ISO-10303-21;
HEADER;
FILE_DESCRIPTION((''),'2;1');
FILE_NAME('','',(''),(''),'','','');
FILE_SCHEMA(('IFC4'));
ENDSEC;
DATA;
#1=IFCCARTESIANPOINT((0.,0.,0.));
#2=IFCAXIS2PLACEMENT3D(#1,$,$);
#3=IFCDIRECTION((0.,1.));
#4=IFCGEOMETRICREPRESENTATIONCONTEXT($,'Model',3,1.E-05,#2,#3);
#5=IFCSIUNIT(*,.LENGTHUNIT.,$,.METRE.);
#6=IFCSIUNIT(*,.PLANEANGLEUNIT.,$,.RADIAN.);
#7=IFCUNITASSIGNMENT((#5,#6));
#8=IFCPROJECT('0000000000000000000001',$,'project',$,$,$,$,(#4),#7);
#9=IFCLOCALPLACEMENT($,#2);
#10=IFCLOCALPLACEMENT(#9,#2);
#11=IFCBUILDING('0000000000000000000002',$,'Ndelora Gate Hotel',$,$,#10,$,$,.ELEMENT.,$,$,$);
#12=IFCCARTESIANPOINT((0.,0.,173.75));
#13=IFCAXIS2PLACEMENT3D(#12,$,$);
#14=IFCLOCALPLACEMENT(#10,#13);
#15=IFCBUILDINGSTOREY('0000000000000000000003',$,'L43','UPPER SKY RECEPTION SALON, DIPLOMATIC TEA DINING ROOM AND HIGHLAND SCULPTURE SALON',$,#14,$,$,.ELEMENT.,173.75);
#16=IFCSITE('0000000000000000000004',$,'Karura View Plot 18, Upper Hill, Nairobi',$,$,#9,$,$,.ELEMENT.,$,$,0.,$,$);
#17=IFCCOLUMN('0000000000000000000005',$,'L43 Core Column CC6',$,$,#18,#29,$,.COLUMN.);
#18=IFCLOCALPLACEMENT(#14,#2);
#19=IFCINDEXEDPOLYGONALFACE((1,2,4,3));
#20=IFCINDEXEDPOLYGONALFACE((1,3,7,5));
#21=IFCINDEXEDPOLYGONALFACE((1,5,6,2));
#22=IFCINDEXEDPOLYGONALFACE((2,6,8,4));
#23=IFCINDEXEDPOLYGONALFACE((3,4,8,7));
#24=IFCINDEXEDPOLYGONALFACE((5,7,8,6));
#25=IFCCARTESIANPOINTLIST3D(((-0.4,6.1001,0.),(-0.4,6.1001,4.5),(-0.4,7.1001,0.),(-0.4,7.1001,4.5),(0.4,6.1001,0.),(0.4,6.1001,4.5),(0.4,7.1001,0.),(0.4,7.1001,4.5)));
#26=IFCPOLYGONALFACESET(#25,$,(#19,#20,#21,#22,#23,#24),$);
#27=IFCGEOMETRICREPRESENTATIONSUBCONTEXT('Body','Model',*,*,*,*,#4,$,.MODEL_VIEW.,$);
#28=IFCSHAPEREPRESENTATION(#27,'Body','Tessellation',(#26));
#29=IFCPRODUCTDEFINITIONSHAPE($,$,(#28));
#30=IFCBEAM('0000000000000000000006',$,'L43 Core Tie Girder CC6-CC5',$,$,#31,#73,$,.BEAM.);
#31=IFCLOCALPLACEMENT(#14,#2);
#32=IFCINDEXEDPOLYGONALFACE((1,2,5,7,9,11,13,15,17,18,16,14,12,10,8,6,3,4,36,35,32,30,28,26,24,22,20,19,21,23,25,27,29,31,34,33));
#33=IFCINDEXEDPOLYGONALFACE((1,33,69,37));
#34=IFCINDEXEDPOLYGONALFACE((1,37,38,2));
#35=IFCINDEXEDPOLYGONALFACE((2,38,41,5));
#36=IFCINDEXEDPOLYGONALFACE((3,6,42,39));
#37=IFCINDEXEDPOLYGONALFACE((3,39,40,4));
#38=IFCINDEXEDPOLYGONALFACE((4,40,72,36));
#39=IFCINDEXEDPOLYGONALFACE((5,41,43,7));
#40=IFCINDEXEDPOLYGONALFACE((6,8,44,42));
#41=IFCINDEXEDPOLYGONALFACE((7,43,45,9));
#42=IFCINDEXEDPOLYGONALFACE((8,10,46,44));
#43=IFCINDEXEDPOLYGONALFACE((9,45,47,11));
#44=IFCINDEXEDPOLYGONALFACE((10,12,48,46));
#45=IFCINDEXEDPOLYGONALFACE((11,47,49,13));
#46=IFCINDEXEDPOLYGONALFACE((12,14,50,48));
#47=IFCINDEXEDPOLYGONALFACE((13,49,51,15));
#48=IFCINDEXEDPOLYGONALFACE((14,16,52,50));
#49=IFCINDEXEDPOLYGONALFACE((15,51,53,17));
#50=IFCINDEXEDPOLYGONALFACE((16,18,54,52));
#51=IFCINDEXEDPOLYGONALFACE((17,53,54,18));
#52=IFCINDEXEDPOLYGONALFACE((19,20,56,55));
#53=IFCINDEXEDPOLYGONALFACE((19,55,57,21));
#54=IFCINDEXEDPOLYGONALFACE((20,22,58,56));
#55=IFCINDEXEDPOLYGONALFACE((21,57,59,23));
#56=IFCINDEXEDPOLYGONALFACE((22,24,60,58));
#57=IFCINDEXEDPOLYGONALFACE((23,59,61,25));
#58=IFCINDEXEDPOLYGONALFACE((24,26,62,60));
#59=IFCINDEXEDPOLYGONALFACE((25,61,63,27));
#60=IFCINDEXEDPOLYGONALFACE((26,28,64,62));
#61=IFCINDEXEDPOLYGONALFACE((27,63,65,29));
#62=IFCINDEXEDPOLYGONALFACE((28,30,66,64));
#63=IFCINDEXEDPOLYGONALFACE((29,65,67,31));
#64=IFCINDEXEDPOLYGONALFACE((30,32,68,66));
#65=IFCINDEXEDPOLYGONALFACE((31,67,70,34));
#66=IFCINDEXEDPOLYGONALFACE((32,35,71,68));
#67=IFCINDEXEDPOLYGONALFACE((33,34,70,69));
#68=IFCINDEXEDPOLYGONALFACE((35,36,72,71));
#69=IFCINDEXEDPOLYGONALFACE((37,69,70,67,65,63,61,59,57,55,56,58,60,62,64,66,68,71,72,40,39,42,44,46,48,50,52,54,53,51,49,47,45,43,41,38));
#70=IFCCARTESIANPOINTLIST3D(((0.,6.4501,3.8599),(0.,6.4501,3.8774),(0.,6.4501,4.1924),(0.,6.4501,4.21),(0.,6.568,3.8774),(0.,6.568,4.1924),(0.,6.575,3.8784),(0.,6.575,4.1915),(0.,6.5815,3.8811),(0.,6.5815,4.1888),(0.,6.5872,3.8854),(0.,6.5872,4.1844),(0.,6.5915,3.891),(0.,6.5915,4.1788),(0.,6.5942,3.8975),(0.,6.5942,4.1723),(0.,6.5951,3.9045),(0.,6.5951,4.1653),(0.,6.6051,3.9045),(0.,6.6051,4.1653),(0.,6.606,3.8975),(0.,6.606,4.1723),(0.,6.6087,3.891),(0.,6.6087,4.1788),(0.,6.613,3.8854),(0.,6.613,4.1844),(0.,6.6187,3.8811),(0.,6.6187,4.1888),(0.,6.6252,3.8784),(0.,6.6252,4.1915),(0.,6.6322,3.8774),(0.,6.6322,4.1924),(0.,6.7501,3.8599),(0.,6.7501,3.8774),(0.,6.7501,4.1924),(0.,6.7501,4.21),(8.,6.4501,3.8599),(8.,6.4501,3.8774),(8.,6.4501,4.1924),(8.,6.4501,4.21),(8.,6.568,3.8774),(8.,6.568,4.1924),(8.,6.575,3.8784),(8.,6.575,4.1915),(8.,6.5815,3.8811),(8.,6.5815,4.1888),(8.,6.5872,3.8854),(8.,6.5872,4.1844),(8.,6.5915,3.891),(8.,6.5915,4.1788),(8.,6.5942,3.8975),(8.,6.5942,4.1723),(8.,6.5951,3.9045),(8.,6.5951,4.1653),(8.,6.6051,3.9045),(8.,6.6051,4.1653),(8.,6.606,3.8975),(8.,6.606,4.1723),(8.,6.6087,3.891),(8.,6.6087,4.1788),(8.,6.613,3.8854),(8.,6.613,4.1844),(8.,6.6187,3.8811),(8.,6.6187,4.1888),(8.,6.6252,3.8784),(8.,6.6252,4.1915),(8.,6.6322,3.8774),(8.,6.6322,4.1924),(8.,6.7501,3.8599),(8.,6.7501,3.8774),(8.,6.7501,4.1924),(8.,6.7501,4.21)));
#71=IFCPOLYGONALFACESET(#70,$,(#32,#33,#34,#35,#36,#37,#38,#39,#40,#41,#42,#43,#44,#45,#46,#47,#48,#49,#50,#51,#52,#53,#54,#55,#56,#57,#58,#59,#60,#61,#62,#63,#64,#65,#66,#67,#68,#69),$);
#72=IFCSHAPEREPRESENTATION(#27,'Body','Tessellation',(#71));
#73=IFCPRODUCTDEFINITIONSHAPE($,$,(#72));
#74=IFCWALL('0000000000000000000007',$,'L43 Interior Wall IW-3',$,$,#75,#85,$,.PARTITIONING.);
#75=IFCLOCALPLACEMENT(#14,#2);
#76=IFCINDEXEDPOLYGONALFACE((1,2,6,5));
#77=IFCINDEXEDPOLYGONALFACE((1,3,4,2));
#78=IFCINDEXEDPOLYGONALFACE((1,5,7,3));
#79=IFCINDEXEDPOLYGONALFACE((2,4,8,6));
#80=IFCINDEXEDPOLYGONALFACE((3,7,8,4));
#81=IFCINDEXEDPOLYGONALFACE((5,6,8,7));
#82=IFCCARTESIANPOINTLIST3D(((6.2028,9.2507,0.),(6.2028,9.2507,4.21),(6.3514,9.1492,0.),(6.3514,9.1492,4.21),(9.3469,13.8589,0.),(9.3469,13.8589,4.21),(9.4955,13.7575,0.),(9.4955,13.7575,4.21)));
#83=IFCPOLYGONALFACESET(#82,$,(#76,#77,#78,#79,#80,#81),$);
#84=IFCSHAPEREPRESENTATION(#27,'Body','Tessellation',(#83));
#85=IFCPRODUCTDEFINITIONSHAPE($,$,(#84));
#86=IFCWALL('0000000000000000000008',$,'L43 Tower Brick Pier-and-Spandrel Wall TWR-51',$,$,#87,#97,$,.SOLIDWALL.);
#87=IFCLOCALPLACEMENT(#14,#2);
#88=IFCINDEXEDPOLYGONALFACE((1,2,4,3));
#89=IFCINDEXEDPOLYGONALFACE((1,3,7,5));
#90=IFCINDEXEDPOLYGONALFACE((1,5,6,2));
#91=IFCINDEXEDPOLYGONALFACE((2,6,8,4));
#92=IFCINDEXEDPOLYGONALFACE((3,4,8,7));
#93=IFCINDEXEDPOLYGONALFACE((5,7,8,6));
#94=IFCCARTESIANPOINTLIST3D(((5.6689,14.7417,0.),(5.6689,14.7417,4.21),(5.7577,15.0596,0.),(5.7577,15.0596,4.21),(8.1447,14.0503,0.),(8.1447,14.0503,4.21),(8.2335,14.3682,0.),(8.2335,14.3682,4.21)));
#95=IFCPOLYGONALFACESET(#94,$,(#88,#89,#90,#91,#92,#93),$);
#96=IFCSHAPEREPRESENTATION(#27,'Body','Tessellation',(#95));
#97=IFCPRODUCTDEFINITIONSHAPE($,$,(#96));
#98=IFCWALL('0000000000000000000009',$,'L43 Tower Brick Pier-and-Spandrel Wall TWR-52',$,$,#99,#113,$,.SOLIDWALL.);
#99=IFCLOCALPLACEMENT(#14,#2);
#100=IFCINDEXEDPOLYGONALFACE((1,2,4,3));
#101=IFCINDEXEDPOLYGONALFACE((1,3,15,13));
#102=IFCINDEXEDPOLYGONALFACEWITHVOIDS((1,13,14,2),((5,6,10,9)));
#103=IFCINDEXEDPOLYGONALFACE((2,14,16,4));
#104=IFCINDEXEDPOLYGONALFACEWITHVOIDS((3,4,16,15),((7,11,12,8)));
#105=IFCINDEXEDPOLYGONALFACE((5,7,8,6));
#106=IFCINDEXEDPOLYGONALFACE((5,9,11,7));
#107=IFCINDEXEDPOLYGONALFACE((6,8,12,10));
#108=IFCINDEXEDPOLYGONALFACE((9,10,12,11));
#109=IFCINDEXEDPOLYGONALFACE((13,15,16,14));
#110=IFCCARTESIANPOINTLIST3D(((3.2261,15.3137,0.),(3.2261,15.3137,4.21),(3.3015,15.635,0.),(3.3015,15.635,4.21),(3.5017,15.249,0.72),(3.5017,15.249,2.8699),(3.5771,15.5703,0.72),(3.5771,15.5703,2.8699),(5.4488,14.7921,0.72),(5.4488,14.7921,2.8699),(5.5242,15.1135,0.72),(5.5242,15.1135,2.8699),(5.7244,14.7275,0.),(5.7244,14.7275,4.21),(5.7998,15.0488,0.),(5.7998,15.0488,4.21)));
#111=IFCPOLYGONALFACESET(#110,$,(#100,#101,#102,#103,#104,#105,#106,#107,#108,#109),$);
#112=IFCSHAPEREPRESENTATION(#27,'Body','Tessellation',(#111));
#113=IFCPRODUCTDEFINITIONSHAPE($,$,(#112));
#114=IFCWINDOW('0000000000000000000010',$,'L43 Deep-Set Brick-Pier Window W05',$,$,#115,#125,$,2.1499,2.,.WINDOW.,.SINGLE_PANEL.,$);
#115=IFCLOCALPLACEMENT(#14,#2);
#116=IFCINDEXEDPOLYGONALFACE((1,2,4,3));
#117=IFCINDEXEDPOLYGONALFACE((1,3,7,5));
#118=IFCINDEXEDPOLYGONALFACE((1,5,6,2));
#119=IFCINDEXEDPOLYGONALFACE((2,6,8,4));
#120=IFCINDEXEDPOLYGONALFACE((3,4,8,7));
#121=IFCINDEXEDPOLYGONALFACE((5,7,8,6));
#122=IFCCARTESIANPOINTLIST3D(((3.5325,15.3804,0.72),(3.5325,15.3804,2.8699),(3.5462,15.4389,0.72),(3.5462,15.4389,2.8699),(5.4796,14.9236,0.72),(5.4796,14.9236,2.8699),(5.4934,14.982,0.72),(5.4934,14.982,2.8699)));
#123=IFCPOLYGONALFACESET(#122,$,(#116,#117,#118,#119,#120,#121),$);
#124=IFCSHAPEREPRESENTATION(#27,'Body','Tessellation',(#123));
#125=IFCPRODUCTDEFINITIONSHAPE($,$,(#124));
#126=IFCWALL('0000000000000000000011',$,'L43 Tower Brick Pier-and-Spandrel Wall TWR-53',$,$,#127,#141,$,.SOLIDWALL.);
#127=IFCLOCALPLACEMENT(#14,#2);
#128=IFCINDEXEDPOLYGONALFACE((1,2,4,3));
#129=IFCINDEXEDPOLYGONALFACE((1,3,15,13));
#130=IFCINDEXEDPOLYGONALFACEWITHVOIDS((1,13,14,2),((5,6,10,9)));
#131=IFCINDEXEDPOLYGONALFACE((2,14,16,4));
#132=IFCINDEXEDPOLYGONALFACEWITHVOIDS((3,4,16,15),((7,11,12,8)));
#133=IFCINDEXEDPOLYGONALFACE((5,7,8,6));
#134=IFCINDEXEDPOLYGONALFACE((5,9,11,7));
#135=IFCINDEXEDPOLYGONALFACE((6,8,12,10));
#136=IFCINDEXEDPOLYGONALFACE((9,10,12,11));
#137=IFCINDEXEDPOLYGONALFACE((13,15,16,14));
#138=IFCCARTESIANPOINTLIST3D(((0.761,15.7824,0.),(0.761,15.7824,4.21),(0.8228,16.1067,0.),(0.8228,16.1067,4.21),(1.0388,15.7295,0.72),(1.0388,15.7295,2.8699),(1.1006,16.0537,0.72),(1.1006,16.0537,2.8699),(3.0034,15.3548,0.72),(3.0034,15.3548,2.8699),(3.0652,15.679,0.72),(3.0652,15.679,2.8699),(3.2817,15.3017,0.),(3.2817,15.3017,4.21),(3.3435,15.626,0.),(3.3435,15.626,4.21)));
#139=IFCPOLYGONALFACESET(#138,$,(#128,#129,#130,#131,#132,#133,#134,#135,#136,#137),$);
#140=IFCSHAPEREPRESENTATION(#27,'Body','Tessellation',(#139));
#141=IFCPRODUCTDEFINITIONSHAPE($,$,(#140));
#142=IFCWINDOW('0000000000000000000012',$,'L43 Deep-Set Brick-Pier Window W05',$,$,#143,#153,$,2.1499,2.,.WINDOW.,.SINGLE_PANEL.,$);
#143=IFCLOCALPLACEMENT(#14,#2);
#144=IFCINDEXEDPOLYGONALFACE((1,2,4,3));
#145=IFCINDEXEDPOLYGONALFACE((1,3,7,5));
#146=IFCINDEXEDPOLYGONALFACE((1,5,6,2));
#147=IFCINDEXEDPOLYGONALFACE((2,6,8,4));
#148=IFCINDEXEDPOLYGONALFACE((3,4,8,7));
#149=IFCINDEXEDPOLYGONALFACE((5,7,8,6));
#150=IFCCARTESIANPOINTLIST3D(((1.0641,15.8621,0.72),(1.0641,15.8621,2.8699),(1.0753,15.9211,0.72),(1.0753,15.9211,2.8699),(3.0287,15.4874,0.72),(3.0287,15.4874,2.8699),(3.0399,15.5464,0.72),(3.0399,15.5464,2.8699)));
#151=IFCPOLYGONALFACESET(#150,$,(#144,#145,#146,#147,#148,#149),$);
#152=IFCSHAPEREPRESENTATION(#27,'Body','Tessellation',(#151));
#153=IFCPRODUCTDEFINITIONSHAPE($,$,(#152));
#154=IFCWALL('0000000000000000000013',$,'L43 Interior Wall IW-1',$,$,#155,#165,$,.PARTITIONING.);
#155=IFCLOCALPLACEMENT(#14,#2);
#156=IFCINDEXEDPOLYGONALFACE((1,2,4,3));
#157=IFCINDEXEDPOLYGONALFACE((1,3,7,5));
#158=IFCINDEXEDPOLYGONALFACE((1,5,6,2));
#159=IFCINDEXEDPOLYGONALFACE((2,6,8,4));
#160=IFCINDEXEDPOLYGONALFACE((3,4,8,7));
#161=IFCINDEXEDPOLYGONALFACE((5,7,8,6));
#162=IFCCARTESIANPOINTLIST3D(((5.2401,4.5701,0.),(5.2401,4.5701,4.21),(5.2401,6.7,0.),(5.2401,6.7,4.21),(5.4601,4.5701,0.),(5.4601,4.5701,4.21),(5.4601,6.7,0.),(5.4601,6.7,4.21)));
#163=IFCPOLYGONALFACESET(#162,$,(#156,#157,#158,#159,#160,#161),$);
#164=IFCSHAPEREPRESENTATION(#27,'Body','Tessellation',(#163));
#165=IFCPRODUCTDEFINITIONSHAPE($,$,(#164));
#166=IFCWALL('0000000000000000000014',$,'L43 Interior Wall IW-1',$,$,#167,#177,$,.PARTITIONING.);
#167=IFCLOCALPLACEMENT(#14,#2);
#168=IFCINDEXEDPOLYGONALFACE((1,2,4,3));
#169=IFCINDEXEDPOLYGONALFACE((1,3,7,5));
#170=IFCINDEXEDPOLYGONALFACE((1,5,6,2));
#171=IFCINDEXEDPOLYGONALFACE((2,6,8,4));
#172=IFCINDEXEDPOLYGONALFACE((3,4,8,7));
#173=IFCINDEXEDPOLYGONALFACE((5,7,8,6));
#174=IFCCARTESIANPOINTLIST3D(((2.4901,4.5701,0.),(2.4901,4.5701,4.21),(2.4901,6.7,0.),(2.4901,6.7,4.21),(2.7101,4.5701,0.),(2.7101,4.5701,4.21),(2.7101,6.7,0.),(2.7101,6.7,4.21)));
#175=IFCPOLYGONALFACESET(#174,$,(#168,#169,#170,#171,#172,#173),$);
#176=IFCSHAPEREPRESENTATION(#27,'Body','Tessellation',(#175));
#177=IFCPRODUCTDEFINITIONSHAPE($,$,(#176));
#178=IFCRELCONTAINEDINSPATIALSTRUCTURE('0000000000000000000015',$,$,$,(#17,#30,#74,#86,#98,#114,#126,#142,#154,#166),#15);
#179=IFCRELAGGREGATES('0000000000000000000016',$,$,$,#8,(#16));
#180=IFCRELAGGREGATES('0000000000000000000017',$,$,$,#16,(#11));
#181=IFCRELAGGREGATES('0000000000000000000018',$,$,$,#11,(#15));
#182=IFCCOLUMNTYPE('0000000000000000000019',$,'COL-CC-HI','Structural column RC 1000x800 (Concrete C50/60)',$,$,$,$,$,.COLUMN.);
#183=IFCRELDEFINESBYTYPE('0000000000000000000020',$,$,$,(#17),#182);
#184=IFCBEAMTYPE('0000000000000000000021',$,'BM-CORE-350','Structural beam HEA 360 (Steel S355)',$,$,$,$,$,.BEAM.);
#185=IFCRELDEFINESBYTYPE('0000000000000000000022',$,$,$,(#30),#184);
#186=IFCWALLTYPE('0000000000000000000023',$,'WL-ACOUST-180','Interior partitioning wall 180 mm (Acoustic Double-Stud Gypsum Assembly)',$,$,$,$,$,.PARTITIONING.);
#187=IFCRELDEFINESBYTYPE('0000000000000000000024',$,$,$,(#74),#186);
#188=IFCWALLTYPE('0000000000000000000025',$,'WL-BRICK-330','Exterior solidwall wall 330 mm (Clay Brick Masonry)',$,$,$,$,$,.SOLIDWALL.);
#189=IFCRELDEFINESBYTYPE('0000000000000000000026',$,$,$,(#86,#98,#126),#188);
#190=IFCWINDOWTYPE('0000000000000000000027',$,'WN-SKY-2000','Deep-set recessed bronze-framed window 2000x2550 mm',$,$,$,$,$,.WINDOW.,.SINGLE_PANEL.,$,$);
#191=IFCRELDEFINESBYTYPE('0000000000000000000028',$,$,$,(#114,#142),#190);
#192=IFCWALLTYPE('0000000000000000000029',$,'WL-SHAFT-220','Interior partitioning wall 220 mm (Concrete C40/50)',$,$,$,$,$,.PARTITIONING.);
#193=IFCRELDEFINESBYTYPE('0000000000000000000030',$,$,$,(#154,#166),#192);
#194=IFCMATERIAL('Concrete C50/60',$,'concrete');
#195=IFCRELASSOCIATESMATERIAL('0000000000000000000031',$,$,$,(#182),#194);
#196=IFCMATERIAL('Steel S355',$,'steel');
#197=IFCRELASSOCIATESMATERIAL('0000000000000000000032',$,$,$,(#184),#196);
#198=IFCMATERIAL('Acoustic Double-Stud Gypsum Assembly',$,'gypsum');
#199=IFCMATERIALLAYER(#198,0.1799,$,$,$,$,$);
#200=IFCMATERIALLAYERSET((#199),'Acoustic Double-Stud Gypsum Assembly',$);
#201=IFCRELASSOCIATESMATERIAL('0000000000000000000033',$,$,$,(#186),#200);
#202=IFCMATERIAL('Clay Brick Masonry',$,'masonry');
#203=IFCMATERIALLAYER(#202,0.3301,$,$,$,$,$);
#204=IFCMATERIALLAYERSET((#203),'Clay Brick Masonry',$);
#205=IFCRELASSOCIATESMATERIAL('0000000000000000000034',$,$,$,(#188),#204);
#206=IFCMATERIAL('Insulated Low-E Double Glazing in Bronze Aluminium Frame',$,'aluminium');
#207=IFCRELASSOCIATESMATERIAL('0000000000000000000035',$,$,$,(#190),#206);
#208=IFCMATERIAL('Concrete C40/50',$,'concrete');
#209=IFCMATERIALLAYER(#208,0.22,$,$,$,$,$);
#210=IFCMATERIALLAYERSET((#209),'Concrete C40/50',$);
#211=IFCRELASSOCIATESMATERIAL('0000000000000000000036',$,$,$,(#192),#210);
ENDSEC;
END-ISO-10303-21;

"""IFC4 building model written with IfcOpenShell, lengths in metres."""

from ifc_helpers import new_model, si_unit, direction, frame, frame_2d, origin, origin_2d, place, context, subcontext, project, spatial, rectangle, i_section, extrude, material, layer, layer_set, material_profile, profile_set, type_object, element, fill, save


model = new_model("IFC4")

# Units and contexts
model_context = context("Model", 3, precision=1e-05, world=origin(), true_north=direction((0.0, 1.0)))
body_context = subcontext(model_context, "Body", "Model", "MODEL_VIEW")
ifc_project = project(units=[si_unit("LENGTHUNIT", "METRE"), si_unit("PLANEANGLEUNIT", "RADIAN")], contexts=[model_context])

# Site, building, storey
site_placement = place(None, origin())
site = spatial("IfcSite", under=ifc_project, at=site_placement, Name="Karura View Plot 18, Upper Hill, Nairobi", CompositionType="ELEMENT", RefElevation=0.0)
building_placement = place(site_placement, origin())
building = spatial("IfcBuilding", under=site, at=building_placement, Name="Ndelora Gate Hotel", CompositionType="ELEMENT")
storey_placement = place(building_placement, frame((0.0, 0.0, 173.75)))
storey = spatial("IfcBuildingStorey", under=building, at=storey_placement, Name="L43", Description="UPPER SKY RECEPTION SALON, DIPLOMATIC TEA DINING ROOM AND HIGHLAND SCULPTURE SALON", CompositionType="ELEMENT", Elevation=173.75)

# Column
ifc_material_1 = material(Name="Concrete C50/60", Category="concrete")
ifc_material_profile_1 = material_profile(ifc_material_1, rectangle(XDim=0.8, YDim=1.0, at=origin_2d()), Name="RC 1000x800")
ifc_profile_set_1 = profile_set([ifc_material_profile_1], Name="Concrete C50/60")
column_type = type_object("IfcColumnType", Name="COL-CC-HI", Description="Structural column RC 1000x800 (Concrete C50/60)", PredefinedType="COLUMN", material=ifc_profile_set_1)
column_placement = place(storey_placement, frame((0.0, 6.6001, 0.0), z_axis=(0.0, 0.0, 1.0), x_axis=(1.0, 0.0, 0.0)))
element("IfcColumn", 1, at=column_placement, inside=storey, type_object=column_type, Name="L43 Core Column CC6", PredefinedType="COLUMN", context=body_context, shape_type="SweptSolid", body=[
    extrude(rectangle(XDim=0.8, YDim=1.0, at=origin_2d()), origin(), (0.0, 0.0, 1.0), 4.5),
])

# Beam
ifc_material_2 = material(Name="Steel S355", Category="steel")
ifc_material_profile_2 = material_profile(ifc_material_2, i_section(OverallWidth=0.3, OverallDepth=0.3501, WebThickness=0.01, FlangeThickness=0.0176, FilletRadius=0.0271, at=origin_2d()), Name="HEA 360")
ifc_profile_set_2 = profile_set([ifc_material_profile_2], Name="Steel S355")
beam_type = type_object("IfcBeamType", Name="BM-CORE-350", Description="Structural beam HEA 360 (Steel S355)", PredefinedType="BEAM", material=ifc_profile_set_2)
beam_placement = place(storey_placement, frame((0.0, 6.6001, 4.0349), z_axis=(1.0, 0.0, 0.0), x_axis=(0.0, 1.0, 0.0)))
element("IfcBeam", 2, at=beam_placement, inside=storey, type_object=beam_type, Name="L43 Core Tie Girder CC6-CC5", PredefinedType="BEAM", context=body_context, shape_type="SweptSolid", body=[
    extrude(i_section(OverallWidth=0.3, OverallDepth=0.3501, WebThickness=0.01, FlangeThickness=0.0176, FilletRadius=0.0271, at=origin_2d()), origin(), (0.0, 0.0, 1.0), 8.0),
])

# Walls
ifc_material_3 = material(Name="Acoustic Double-Stud Gypsum Assembly", Category="gypsum")
ifc_layer_1 = layer(ifc_material_3, 0.1799)
ifc_layer_set_1 = layer_set([ifc_layer_1], Name="Acoustic Double-Stud Gypsum Assembly")
wall_type_1 = type_object("IfcWallType", Name="WL-ACOUST-180", Description="Interior partitioning wall 180 mm (Acoustic Double-Stud Gypsum Assembly)", PredefinedType="PARTITIONING", material=ifc_layer_set_1)
wall_1_placement = place(storey_placement, frame((6.2771, 9.2, 0.0), z_axis=(0.0, 0.0, 1.0), x_axis=(0.563596, 0.82605, 0.0)))
element("IfcWall", 3, at=wall_1_placement, inside=storey, type_object=wall_type_1, Name="L43 Interior Wall IW-3", PredefinedType="PARTITIONING", context=body_context, shape_type="SweptSolid", body=[
    extrude(rectangle(XDim=5.5786, YDim=0.1799, at=frame_2d((2.7893, 0.0))), origin(), (0.0, 0.0, 1.0), 4.21),
])
ifc_material_4 = material(Name="Clay Brick Masonry", Category="masonry")
ifc_layer_2 = layer(ifc_material_4, 0.3301)
ifc_layer_set_2 = layer_set([ifc_layer_2], Name="Clay Brick Masonry")
wall_type_2 = type_object("IfcWallType", Name="WL-BRICK-330", Description="Exterior solidwall wall 330 mm (Clay Brick Masonry)", PredefinedType="SOLIDWALL", material=ifc_layer_set_2)
wall_2_placement = place(storey_placement, frame((5.7134, 14.9006, 0.0), z_axis=(0.0, 0.0, 1.0), x_axis=(0.963148, -0.268971, 0.0)))
element("IfcWall", 4, at=wall_2_placement, inside=storey, type_object=wall_type_2, Name="L43 Tower Brick Pier-and-Spandrel Wall TWR-51", PredefinedType="SOLIDWALL", context=body_context, shape_type="SweptSolid", body=[
    extrude(rectangle(XDim=2.5706, YDim=0.3301, at=frame_2d((1.2852, 0.0))), origin(), (0.0, 0.0, 1.0), 4.21),
])

# Walls, openings, windows
wall_3_placement = place(storey_placement, frame((3.2637, 15.4744, 0.0), z_axis=(0.0, 0.0, 1.0), x_axis=(0.97356, -0.228429, 0.0)))
wall_3 = element("IfcWall", 5, at=wall_3_placement, inside=storey, type_object=wall_type_2, Name="L43 Tower Brick Pier-and-Spandrel Wall TWR-52", PredefinedType="SOLIDWALL", context=body_context, shape_type="SweptSolid", body=[
    extrude(rectangle(XDim=2.5662, YDim=0.3301, at=frame_2d((1.2832, 0.0))), origin(), (0.0, 0.0, 1.0), 4.21),
])
opening_1_placement = place(wall_3_placement, frame((0.2832, 0.0, 0.72)))
opening_1 = element("IfcOpeningElement", 6, at=opening_1_placement, cuts=wall_3, PredefinedType="OPENING", context=body_context, shape_type="SweptSolid", body=[
    extrude(rectangle(XDim=2.0, YDim=2.1499, at=frame_2d((1.0, 1.075))), frame((0.0, 0.175, 0.0), z_axis=(0.0, -1.0, 0.0), x_axis=(1.0, 0.0, 0.0)), (0.0, 0.0, 1.0), 0.3501),
])
ifc_material_5 = material(Name="Insulated Low-E Double Glazing in Bronze Aluminium Frame", Category="aluminium")
window_type = type_object("IfcWindowType", Name="WN-SKY-2000", Description="Deep-set recessed bronze-framed window 2000x2550 mm", PartitioningType="SINGLE_PANEL", PredefinedType="WINDOW", material=ifc_material_5)
window_1_placement = place(opening_1_placement, origin())
window_1 = element("IfcWindow", 7, at=window_1_placement, inside=storey, type_object=window_type, Name="L43 Deep-Set Brick-Pier Window W05", OverallHeight=2.1499, OverallWidth=2.0, PartitioningType="SINGLE_PANEL", PredefinedType="WINDOW", context=body_context, shape_type="SweptSolid", body=[
    extrude(rectangle(XDim=2.0, YDim=2.1499, at=frame_2d((1.0, 1.075))), frame((0.0, 0.03, 0.0), z_axis=(0.0, -1.0, 0.0), x_axis=(1.0, 0.0, 0.0)), (0.0, 0.0, 1.0), 0.0601),
])
fill(opening_1, window_1)
wall_4_placement = place(storey_placement, frame((0.7917, 15.9446, 0.0), z_axis=(0.0, 0.0, 1.0), x_axis=(0.982298, -0.187326, 0.0)))
wall_4 = element("IfcWall", 8, at=wall_4_placement, inside=storey, type_object=wall_type_2, Name="L43 Tower Brick Pier-and-Spandrel Wall TWR-53", PredefinedType="SOLIDWALL", context=body_context, shape_type="SweptSolid", body=[
    extrude(rectangle(XDim=2.5662, YDim=0.3301, at=frame_2d((1.2832, 0.0))), origin(), (0.0, 0.0, 1.0), 4.21),
])
opening_2_placement = place(wall_4_placement, frame((0.283, 0.0, 0.72)))
opening_2 = element("IfcOpeningElement", 9, at=opening_2_placement, cuts=wall_4, PredefinedType="OPENING", context=body_context, shape_type="SweptSolid", body=[
    extrude(rectangle(XDim=2.0, YDim=2.1499, at=frame_2d((1.0, 1.075))), frame((0.0, 0.175, 0.0), z_axis=(0.0, -1.0, 0.0), x_axis=(1.0, 0.0, 0.0)), (0.0, 0.0, 1.0), 0.3501),
])
window_2_placement = place(opening_2_placement, origin())
window_2 = element("IfcWindow", 10, at=window_2_placement, inside=storey, type_object=window_type, Name="L43 Deep-Set Brick-Pier Window W05", OverallHeight=2.1499, OverallWidth=2.0, PartitioningType="SINGLE_PANEL", PredefinedType="WINDOW", context=body_context, shape_type="SweptSolid", body=[
    extrude(rectangle(XDim=2.0, YDim=2.1499, at=frame_2d((1.0, 1.075))), frame((0.0, 0.03, 0.0), z_axis=(0.0, -1.0, 0.0), x_axis=(1.0, 0.0, 0.0)), (0.0, 0.0, 1.0), 0.0601),
])
fill(opening_2, window_2)

# Shared definitions
ifc_material_6 = material(Name="Concrete C40/50", Category="concrete")
ifc_layer_3 = layer(ifc_material_6, 0.22)
ifc_layer_set_3 = layer_set([ifc_layer_3], Name="Concrete C40/50")
wall_type_3 = type_object("IfcWallType", Name="WL-SHAFT-220", Description="Interior partitioning wall 220 mm (Concrete C40/50)", PredefinedType="PARTITIONING", material=ifc_layer_set_3)

# Wall
wall_5_placement = place(storey_placement, frame((5.3501, 4.5701, 0.0), z_axis=(0.0, 0.0, 1.0), x_axis=(0.0, 1.0, 0.0)))
element("IfcWall", 11, at=wall_5_placement, inside=storey, type_object=wall_type_3, Name="L43 Interior Wall IW-1", PredefinedType="PARTITIONING", context=body_context, shape_type="SweptSolid", body=[
    extrude(rectangle(XDim=2.1299, YDim=0.22, at=frame_2d((1.0649, 0.0))), origin(), (0.0, 0.0, 1.0), 4.21),
])

# Wall
for number, where, z_axis, x_axis, name in (
    (12, (2.6001, 4.5701, 0.0), (0.0, 0.0, 1.0), (0.0, 1.0, 0.0), "L43 Interior Wall IW-1"),
):
    element("IfcWall", number, at=place(storey_placement, frame(where, z_axis=z_axis, x_axis=x_axis)), inside=storey, type_object=wall_type_3, Name=name, PredefinedType="PARTITIONING", context=body_context, shape_type="SweptSolid", body=[
        extrude(rectangle(XDim=2.1299, YDim=0.22, at=frame_2d((1.0649, 0.0))), origin(), (0.0, 0.0, 1.0), 4.21),
    ])

save(model, "model.ifc")
